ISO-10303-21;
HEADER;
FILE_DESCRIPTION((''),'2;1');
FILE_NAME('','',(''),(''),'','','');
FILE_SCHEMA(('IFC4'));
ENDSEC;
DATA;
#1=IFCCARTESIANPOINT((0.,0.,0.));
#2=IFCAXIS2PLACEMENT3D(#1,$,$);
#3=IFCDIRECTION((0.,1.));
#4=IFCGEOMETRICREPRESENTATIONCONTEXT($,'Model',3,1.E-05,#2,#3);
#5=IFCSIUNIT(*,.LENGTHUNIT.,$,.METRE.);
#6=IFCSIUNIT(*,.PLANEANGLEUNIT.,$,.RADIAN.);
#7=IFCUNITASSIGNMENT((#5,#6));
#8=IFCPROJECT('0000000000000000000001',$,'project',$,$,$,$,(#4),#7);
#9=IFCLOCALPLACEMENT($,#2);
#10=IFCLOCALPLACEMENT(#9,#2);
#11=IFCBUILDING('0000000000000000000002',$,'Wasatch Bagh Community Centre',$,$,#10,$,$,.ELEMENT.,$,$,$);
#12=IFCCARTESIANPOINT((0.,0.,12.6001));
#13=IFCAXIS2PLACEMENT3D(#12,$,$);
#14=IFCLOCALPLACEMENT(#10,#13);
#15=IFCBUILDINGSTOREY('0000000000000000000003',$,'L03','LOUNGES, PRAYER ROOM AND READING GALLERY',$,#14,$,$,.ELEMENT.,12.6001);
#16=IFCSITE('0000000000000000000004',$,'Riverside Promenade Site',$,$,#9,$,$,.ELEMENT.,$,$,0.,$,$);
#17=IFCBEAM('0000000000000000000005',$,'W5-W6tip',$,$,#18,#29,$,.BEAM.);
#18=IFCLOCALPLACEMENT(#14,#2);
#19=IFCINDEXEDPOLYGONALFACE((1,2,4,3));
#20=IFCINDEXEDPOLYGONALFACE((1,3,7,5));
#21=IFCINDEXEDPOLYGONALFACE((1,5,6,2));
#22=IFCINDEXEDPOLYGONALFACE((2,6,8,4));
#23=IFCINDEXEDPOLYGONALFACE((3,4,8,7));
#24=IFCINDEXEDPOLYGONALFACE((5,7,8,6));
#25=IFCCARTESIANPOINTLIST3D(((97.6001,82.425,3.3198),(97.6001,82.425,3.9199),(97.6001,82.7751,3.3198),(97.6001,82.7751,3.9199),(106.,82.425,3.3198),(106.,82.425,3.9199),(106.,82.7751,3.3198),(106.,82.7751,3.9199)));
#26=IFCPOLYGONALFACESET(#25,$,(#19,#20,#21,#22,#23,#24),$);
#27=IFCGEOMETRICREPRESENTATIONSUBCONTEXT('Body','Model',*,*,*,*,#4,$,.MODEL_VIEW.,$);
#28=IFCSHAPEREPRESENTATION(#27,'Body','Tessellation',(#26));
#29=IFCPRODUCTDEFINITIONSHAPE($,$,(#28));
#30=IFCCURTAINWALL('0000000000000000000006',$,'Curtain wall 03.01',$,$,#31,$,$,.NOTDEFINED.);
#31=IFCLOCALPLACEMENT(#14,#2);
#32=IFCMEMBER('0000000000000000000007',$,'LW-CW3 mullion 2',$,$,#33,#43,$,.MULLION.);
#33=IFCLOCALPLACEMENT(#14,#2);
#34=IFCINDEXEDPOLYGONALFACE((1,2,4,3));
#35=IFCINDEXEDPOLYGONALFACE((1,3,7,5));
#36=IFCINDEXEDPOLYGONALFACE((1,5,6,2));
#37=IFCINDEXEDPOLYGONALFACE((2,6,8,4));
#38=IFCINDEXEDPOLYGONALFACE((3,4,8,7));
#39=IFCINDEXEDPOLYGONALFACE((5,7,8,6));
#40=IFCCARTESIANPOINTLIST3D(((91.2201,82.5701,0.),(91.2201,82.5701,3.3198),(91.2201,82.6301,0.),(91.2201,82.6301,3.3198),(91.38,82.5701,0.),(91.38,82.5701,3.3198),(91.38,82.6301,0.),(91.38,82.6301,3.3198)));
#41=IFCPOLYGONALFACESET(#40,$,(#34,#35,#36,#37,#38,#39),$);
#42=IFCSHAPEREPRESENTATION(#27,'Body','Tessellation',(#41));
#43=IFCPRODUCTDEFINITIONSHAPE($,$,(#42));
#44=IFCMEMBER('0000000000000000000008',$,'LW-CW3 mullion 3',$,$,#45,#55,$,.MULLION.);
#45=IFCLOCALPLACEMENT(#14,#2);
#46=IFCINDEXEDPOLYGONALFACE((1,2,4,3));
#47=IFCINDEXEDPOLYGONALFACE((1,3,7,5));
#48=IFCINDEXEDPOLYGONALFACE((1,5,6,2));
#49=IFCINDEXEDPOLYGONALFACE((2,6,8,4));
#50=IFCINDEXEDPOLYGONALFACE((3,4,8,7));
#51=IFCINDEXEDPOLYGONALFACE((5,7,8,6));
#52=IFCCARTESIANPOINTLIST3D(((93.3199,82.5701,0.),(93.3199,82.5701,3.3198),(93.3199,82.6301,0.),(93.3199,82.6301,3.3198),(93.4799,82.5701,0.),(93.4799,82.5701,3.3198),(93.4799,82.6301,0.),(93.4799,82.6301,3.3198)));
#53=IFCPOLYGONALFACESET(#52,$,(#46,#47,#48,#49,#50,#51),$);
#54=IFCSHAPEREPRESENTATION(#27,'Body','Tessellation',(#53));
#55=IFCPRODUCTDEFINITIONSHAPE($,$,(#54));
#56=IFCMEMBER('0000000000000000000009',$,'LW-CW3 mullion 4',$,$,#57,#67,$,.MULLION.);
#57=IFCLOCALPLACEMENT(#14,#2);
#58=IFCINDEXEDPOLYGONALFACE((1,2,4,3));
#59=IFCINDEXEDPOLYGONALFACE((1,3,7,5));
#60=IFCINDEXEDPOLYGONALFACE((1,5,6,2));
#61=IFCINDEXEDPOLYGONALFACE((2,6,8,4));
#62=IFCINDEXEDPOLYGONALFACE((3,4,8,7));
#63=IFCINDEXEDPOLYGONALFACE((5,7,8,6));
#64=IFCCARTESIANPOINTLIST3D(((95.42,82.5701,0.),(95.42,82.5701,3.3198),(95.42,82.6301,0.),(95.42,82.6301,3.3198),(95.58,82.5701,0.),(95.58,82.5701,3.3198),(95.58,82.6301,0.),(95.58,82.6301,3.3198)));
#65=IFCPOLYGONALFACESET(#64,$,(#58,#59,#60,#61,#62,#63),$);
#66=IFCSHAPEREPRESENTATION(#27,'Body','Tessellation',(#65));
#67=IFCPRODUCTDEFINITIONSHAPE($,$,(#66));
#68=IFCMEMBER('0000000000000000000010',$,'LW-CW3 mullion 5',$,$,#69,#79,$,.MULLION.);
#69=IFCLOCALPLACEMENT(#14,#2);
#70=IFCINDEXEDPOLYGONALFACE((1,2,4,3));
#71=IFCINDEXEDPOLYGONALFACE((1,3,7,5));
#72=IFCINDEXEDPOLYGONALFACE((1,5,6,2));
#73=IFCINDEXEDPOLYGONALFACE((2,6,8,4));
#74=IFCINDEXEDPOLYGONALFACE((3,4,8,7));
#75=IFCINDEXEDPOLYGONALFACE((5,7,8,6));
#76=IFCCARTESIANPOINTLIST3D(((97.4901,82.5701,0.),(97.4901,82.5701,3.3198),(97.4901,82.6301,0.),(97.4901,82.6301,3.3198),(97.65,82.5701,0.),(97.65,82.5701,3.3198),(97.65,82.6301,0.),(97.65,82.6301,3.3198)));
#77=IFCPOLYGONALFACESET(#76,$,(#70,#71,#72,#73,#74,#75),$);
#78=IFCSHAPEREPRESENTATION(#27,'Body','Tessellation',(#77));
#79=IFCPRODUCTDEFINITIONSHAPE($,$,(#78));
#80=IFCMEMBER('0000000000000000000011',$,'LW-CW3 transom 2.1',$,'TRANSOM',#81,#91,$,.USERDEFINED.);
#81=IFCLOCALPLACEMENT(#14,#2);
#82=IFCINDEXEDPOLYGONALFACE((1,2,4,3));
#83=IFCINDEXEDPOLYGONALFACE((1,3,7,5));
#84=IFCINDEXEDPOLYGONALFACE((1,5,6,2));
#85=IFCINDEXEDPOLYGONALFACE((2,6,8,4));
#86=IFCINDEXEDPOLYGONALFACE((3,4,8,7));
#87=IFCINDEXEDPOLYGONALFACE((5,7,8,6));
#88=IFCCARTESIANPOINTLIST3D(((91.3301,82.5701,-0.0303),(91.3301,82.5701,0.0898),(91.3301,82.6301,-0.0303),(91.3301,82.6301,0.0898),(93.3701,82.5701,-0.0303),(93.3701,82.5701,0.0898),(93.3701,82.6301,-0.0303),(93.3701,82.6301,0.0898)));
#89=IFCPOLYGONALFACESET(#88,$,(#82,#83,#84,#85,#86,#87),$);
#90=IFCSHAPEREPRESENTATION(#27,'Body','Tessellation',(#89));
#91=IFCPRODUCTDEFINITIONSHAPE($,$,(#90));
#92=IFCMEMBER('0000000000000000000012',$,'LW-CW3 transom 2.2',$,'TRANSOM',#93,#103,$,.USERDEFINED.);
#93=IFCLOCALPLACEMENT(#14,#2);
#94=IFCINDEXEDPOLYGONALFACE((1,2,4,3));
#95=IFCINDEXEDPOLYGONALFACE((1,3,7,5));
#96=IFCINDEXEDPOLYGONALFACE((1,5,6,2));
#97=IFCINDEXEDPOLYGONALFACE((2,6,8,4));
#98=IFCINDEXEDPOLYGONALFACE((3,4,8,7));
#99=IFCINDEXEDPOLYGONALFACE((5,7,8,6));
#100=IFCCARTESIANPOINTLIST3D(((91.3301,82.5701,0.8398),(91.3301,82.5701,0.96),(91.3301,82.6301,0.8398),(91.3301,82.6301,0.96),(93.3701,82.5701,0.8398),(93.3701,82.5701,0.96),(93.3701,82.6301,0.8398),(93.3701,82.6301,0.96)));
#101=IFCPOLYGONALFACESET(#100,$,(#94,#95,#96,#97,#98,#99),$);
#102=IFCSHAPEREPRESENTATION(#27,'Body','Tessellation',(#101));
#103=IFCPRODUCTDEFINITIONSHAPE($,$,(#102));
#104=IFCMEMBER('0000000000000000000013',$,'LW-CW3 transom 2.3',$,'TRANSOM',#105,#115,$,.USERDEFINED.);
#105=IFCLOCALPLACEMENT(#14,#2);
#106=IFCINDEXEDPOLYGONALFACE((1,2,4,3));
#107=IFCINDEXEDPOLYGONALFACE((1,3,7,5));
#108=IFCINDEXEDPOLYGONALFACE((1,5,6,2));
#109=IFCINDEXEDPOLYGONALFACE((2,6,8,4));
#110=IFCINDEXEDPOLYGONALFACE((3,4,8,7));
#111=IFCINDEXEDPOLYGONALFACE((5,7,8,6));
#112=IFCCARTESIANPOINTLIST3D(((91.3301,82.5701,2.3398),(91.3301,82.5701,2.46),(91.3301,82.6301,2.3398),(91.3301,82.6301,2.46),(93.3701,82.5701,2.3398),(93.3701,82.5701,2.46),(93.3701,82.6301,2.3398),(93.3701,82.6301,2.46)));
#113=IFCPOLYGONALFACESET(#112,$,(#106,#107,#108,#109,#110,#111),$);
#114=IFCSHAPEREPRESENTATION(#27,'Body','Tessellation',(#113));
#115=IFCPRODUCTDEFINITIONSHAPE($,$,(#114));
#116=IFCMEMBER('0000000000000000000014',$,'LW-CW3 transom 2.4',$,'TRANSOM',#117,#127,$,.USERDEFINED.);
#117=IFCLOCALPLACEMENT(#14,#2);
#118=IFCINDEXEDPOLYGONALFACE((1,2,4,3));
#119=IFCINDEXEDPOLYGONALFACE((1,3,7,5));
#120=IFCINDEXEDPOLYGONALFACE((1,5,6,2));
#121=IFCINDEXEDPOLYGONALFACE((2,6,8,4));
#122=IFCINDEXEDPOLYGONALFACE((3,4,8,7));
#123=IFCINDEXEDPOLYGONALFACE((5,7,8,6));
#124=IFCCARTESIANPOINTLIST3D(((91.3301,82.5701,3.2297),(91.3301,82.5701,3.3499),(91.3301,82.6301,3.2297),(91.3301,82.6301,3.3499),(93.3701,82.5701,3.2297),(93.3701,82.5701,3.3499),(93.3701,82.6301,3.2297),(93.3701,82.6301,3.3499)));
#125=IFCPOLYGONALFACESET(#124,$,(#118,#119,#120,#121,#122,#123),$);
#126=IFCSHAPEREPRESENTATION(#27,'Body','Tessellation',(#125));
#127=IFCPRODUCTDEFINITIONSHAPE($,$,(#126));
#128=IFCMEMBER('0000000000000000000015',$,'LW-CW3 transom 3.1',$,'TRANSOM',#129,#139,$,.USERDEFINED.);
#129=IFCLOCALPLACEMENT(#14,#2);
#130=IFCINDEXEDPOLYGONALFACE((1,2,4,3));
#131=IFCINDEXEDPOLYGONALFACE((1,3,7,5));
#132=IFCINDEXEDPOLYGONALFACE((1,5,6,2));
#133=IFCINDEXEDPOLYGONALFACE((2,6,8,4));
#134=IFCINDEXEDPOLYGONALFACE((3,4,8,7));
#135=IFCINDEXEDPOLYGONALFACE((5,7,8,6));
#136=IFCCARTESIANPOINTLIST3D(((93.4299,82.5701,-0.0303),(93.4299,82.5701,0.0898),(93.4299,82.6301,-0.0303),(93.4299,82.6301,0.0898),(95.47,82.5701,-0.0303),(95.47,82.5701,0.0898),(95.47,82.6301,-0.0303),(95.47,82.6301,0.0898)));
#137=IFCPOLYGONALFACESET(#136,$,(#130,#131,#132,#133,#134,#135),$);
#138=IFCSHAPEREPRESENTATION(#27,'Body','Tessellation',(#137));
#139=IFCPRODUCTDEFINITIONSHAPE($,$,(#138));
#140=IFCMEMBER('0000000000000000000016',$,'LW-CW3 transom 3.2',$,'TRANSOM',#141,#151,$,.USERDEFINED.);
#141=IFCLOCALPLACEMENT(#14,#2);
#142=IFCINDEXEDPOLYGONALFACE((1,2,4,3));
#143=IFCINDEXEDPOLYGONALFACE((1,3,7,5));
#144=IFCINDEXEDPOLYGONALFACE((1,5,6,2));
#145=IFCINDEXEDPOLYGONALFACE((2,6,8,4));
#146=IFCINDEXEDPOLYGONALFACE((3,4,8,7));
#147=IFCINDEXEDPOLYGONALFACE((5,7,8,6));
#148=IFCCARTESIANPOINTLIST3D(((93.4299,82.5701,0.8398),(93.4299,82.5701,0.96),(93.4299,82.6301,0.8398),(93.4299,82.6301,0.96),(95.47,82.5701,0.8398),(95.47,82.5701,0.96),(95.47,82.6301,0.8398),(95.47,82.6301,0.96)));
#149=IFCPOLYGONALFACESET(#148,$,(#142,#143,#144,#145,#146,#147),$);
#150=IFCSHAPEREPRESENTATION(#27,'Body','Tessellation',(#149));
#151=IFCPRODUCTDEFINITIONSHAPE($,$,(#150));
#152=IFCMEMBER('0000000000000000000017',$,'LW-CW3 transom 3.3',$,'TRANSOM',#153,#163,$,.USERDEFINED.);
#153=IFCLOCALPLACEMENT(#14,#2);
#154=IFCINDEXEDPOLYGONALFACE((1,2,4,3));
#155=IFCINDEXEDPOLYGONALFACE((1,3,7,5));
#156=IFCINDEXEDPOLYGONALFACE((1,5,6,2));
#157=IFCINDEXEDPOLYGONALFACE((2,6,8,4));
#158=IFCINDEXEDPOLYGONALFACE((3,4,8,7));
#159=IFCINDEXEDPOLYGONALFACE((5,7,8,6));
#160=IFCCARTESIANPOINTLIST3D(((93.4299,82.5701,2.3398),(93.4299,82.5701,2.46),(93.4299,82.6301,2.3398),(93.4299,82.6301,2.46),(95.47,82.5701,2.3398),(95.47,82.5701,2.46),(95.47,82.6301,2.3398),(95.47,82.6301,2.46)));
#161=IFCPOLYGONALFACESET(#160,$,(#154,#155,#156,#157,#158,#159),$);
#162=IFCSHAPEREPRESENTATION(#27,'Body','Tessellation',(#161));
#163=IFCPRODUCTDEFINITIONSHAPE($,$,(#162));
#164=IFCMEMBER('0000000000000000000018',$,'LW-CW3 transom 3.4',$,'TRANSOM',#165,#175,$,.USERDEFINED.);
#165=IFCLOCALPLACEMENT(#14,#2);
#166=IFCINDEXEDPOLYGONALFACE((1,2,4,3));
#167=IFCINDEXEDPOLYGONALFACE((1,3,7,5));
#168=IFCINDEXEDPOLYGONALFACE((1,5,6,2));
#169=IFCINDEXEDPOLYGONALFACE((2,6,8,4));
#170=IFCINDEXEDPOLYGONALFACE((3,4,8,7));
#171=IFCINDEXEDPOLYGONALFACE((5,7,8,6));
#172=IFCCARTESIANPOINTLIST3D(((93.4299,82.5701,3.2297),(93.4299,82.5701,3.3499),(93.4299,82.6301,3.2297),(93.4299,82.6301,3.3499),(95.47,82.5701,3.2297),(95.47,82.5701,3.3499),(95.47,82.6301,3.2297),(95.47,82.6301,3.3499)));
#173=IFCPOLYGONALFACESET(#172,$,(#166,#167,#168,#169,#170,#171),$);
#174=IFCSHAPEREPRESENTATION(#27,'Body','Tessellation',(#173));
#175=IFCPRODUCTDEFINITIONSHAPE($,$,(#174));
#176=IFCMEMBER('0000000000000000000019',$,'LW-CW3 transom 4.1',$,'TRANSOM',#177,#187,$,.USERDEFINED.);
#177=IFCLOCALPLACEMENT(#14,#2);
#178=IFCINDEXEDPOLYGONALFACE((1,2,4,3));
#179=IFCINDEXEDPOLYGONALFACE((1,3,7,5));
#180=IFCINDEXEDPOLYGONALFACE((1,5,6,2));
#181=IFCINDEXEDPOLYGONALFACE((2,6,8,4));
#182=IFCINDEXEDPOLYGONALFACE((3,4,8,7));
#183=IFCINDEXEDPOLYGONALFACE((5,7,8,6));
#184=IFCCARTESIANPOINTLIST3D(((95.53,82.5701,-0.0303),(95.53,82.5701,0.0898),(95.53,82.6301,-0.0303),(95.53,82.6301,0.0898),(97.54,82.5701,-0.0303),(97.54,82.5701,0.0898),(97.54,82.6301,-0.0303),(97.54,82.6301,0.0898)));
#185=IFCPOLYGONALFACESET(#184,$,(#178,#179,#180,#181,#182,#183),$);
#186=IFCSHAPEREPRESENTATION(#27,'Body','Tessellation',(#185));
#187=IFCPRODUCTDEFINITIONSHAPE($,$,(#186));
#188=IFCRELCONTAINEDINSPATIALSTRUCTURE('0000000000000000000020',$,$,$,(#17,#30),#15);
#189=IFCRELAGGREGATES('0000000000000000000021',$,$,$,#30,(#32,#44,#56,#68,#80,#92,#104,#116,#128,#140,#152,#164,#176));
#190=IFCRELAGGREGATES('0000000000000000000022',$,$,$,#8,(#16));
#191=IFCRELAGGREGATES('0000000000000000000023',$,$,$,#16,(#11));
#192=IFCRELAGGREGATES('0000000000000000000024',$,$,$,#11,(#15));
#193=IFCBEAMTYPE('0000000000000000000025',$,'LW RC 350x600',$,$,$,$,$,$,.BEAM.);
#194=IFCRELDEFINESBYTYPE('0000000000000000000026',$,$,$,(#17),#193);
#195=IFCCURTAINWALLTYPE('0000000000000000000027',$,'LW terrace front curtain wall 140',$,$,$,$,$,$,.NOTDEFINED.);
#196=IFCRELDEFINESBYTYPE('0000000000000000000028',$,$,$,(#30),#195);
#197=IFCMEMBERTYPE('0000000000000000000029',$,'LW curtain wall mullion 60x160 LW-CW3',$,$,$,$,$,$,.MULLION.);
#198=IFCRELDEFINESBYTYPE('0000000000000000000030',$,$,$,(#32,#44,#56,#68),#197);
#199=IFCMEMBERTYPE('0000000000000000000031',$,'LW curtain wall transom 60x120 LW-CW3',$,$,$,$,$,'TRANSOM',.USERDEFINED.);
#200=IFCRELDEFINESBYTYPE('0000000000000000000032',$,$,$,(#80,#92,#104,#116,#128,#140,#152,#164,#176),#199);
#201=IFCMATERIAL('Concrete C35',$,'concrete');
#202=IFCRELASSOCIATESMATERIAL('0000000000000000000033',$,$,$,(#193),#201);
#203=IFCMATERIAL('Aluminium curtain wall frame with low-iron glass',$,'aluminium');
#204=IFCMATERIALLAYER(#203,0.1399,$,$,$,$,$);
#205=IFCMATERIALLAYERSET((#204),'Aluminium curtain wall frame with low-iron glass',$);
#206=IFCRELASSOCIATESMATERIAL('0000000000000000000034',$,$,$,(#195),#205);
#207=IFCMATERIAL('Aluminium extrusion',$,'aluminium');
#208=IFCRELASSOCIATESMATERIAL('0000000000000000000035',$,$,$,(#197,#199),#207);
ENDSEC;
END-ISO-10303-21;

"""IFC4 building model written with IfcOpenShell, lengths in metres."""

from ifc_helpers import new_model, si_unit, direction, frame, origin, origin_2d, place, context, subcontext, project, spatial, rectangle, extrude, material, layer, layer_set, material_profile, profile_set, type_object, element, aggregate, save


model = new_model("IFC4")

# Units and contexts
model_context = context("Model", 3, precision=1e-05, world=origin(), true_north=direction((0.0, 1.0)))
body_context = subcontext(model_context, "Body", "Model", "MODEL_VIEW")
ifc_project = project(units=[si_unit("LENGTHUNIT", "METRE"), si_unit("PLANEANGLEUNIT", "RADIAN")], contexts=[model_context])

# Site, building, storey
site_placement = place(None, origin())
site = spatial("IfcSite", under=ifc_project, at=site_placement, Name="Riverside Promenade Site", CompositionType="ELEMENT", RefElevation=0.0)
building_placement = place(site_placement, origin())
building = spatial("IfcBuilding", under=site, at=building_placement, Name="Wasatch Bagh Community Centre", CompositionType="ELEMENT")
storey_placement = place(building_placement, frame((0.0, 0.0, 12.6001)))
storey = spatial("IfcBuildingStorey", under=building, at=storey_placement, Name="L03", Description="LOUNGES, PRAYER ROOM AND READING GALLERY", CompositionType="ELEMENT", Elevation=12.6001)

# Beam
ifc_material_1 = material(Name="Concrete C35", Category="concrete")
ifc_material_profile_1 = material_profile(ifc_material_1, rectangle(XDim=0.3501, YDim=0.6001, at=origin_2d()), Name="RC 350x600")
ifc_profile_set_1 = profile_set([ifc_material_profile_1], Name="Concrete C35")
beam_type = type_object("IfcBeamType", Name="LW RC 350x600", PredefinedType="BEAM", material=ifc_profile_set_1)
beam_placement = place(storey_placement, frame((97.6001, 82.6001, 3.6199), z_axis=(1.0, 0.0, 0.0), x_axis=(0.0, 1.0, 0.0)))
element("IfcBeam", 1, at=beam_placement, inside=storey, type_object=beam_type, Name="W5-W6tip", PredefinedType="BEAM", context=body_context, shape_type="SweptSolid", body=[
    extrude(rectangle(XDim=0.3501, YDim=0.6001, at=origin_2d()), origin(), (0.0, 0.0, 1.0), 8.3999),
])

# Curtain wall, members
ifc_material_2 = material(Name="Aluminium curtain wall frame with low-iron glass", Category="aluminium")
ifc_layer_1 = layer(ifc_material_2, 0.1399)
ifc_layer_set_1 = layer_set([ifc_layer_1], Name="Aluminium curtain wall frame with low-iron glass")
curtain_wall_type = type_object("IfcCurtainWallType", Name="LW terrace front curtain wall 140", PredefinedType="NOTDEFINED", material=ifc_layer_set_1)
curtain_wall_placement = place(storey_placement, origin())
curtain_wall = element("IfcCurtainWall", 2, at=curtain_wall_placement, inside=storey, type_object=curtain_wall_type, Name="Curtain wall 03.01", PredefinedType="NOTDEFINED")
ifc_material_3 = material(Name="Aluminium extrusion", Category="aluminium")
ifc_material_profile_2 = material_profile(ifc_material_3, rectangle(XDim=0.0601, YDim=0.1599, at=origin_2d()), Name="AL 60x160")
ifc_profile_set_2 = profile_set([ifc_material_profile_2], Name="Aluminium extrusion")
member_type_1 = type_object("IfcMemberType", Name="LW curtain wall mullion 60x160 LW-CW3", PredefinedType="MULLION", material=ifc_profile_set_2)
member_1_placement = place(storey_placement, frame((91.3, 82.6001, 0.0), z_axis=(0.0, 0.0, 1.0), x_axis=(0.0, 1.0, 0.0)))
member_1 = element("IfcMember", 3, at=member_1_placement, type_object=member_type_1, Name="LW-CW3 mullion 2", PredefinedType="MULLION", context=body_context, shape_type="SweptSolid", body=[
    extrude(rectangle(XDim=0.0601, YDim=0.1599, at=origin_2d()), origin(), (0.0, 0.0, 1.0), 3.3198),
])
member_2_placement = place(storey_placement, frame((93.3999, 82.6001, 0.0), z_axis=(0.0, 0.0, 1.0), x_axis=(0.0, 1.0, 0.0)))
member_2 = element("IfcMember", 4, at=member_2_placement, type_object=member_type_1, Name="LW-CW3 mullion 3", PredefinedType="MULLION", context=body_context, shape_type="SweptSolid", body=[
    extrude(rectangle(XDim=0.0601, YDim=0.1599, at=origin_2d()), origin(), (0.0, 0.0, 1.0), 3.3198),
])
member_3_placement = place(storey_placement, frame((95.5, 82.6001, 0.0), z_axis=(0.0, 0.0, 1.0), x_axis=(0.0, 1.0, 0.0)))
member_3 = element("IfcMember", 5, at=member_3_placement, type_object=member_type_1, Name="LW-CW3 mullion 4", PredefinedType="MULLION", context=body_context, shape_type="SweptSolid", body=[
    extrude(rectangle(XDim=0.0601, YDim=0.1599, at=origin_2d()), origin(), (0.0, 0.0, 1.0), 3.3198),
])
member_4_placement = place(storey_placement, frame((97.5701, 82.6001, 0.0), z_axis=(0.0, 0.0, 1.0), x_axis=(0.0, 1.0, 0.0)))
member_4 = element("IfcMember", 6, at=member_4_placement, type_object=member_type_1, Name="LW-CW3 mullion 5", PredefinedType="MULLION", context=body_context, shape_type="SweptSolid", body=[
    extrude(rectangle(XDim=0.0601, YDim=0.1599, at=origin_2d()), origin(), (0.0, 0.0, 1.0), 3.3198),
])
ifc_material_profile_3 = material_profile(ifc_material_3, rectangle(XDim=0.0601, YDim=0.1201, at=origin_2d()), Name="AL 60x120")
ifc_profile_set_3 = profile_set([ifc_material_profile_3], Name="Aluminium extrusion")
member_type_2 = type_object("IfcMemberType", Name="LW curtain wall transom 60x120 LW-CW3", ElementType="TRANSOM", PredefinedType="USERDEFINED", material=ifc_profile_set_3)
member_5_placement = place(storey_placement, frame((91.3301, 82.6001, 0.0298), z_axis=(1.0, 0.0, 0.0), x_axis=(0.0, 1.0, 0.0)))
member_5 = element("IfcMember", 7, at=member_5_placement, type_object=member_type_2, Name="LW-CW3 transom 2.1", ObjectType="TRANSOM", PredefinedType="USERDEFINED", context=body_context, shape_type="SweptSolid", body=[
    extrude(rectangle(XDim=0.0601, YDim=0.1201, at=origin_2d()), origin(), (0.0, 0.0, 1.0), 2.04),
])
member_6_placement = place(storey_placement, frame((91.3301, 82.6001, 0.8999), z_axis=(1.0, 0.0, 0.0), x_axis=(0.0, 1.0, 0.0)))
member_6 = element("IfcMember", 8, at=member_6_placement, type_object=member_type_2, Name="LW-CW3 transom 2.2", ObjectType="TRANSOM", PredefinedType="USERDEFINED", context=body_context, shape_type="SweptSolid", body=[
    extrude(rectangle(XDim=0.0601, YDim=0.1201, at=origin_2d()), origin(), (0.0, 0.0, 1.0), 2.04),
])
member_7_placement = place(storey_placement, frame((91.3301, 82.6001, 2.3999), z_axis=(1.0, 0.0, 0.0), x_axis=(0.0, 1.0, 0.0)))
member_7 = element("IfcMember", 9, at=member_7_placement, type_object=member_type_2, Name="LW-CW3 transom 2.3", ObjectType="TRANSOM", PredefinedType="USERDEFINED", context=body_context, shape_type="SweptSolid", body=[
    extrude(rectangle(XDim=0.0601, YDim=0.1201, at=origin_2d()), origin(), (0.0, 0.0, 1.0), 2.04),
])
member_8_placement = place(storey_placement, frame((91.3301, 82.6001, 3.2898), z_axis=(1.0, 0.0, 0.0), x_axis=(0.0, 1.0, 0.0)))
member_8 = element("IfcMember", 10, at=member_8_placement, type_object=member_type_2, Name="LW-CW3 transom 2.4", ObjectType="TRANSOM", PredefinedType="USERDEFINED", context=body_context, shape_type="SweptSolid", body=[
    extrude(rectangle(XDim=0.0601, YDim=0.1201, at=origin_2d()), origin(), (0.0, 0.0, 1.0), 2.04),
])
member_9_placement = place(storey_placement, frame((93.4299, 82.6001, 0.0298), z_axis=(1.0, 0.0, 0.0), x_axis=(0.0, 1.0, 0.0)))
member_9 = element("IfcMember", 11, at=member_9_placement, type_object=member_type_2, Name="LW-CW3 transom 3.1", ObjectType="TRANSOM", PredefinedType="USERDEFINED", context=body_context, shape_type="SweptSolid", body=[
    extrude(rectangle(XDim=0.0601, YDim=0.1201, at=origin_2d()), origin(), (0.0, 0.0, 1.0), 2.04),
])
member_10_placement = place(storey_placement, frame((93.4299, 82.6001, 0.8999), z_axis=(1.0, 0.0, 0.0), x_axis=(0.0, 1.0, 0.0)))
member_10 = element("IfcMember", 12, at=member_10_placement, type_object=member_type_2, Name="LW-CW3 transom 3.2", ObjectType="TRANSOM", PredefinedType="USERDEFINED", context=body_context, shape_type="SweptSolid", body=[
    extrude(rectangle(XDim=0.0601, YDim=0.1201, at=origin_2d()), origin(), (0.0, 0.0, 1.0), 2.04),
])
member_11_placement = place(storey_placement, frame((93.4299, 82.6001, 2.3999), z_axis=(1.0, 0.0, 0.0), x_axis=(0.0, 1.0, 0.0)))
member_11 = element("IfcMember", 13, at=member_11_placement, type_object=member_type_2, Name="LW-CW3 transom 3.3", ObjectType="TRANSOM", PredefinedType="USERDEFINED", context=body_context, shape_type="SweptSolid", body=[
    extrude(rectangle(XDim=0.0601, YDim=0.1201, at=origin_2d()), origin(), (0.0, 0.0, 1.0), 2.04),
])
member_12_placement = place(storey_placement, frame((93.4299, 82.6001, 3.2898), z_axis=(1.0, 0.0, 0.0), x_axis=(0.0, 1.0, 0.0)))
member_12 = element("IfcMember", 14, at=member_12_placement, type_object=member_type_2, Name="LW-CW3 transom 3.4", ObjectType="TRANSOM", PredefinedType="USERDEFINED", context=body_context, shape_type="SweptSolid", body=[
    extrude(rectangle(XDim=0.0601, YDim=0.1201, at=origin_2d()), origin(), (0.0, 0.0, 1.0), 2.04),
])
member_13_placement = place(storey_placement, frame((95.53, 82.6001, 0.0298), z_axis=(1.0, 0.0, 0.0), x_axis=(0.0, 1.0, 0.0)))
member_13 = element("IfcMember", 15, at=member_13_placement, type_object=member_type_2, Name="LW-CW3 transom 4.1", ObjectType="TRANSOM", PredefinedType="USERDEFINED", context=body_context, shape_type="SweptSolid", body=[
    extrude(rectangle(XDim=0.0601, YDim=0.1201, at=origin_2d()), origin(), (0.0, 0.0, 1.0), 2.01),
])
aggregate(curtain_wall, [member_1, member_2, member_3, member_4, member_5, member_6, member_7, member_8, member_9, member_10, member_11, member_12, member_13])

save(model, "model.ifc")
